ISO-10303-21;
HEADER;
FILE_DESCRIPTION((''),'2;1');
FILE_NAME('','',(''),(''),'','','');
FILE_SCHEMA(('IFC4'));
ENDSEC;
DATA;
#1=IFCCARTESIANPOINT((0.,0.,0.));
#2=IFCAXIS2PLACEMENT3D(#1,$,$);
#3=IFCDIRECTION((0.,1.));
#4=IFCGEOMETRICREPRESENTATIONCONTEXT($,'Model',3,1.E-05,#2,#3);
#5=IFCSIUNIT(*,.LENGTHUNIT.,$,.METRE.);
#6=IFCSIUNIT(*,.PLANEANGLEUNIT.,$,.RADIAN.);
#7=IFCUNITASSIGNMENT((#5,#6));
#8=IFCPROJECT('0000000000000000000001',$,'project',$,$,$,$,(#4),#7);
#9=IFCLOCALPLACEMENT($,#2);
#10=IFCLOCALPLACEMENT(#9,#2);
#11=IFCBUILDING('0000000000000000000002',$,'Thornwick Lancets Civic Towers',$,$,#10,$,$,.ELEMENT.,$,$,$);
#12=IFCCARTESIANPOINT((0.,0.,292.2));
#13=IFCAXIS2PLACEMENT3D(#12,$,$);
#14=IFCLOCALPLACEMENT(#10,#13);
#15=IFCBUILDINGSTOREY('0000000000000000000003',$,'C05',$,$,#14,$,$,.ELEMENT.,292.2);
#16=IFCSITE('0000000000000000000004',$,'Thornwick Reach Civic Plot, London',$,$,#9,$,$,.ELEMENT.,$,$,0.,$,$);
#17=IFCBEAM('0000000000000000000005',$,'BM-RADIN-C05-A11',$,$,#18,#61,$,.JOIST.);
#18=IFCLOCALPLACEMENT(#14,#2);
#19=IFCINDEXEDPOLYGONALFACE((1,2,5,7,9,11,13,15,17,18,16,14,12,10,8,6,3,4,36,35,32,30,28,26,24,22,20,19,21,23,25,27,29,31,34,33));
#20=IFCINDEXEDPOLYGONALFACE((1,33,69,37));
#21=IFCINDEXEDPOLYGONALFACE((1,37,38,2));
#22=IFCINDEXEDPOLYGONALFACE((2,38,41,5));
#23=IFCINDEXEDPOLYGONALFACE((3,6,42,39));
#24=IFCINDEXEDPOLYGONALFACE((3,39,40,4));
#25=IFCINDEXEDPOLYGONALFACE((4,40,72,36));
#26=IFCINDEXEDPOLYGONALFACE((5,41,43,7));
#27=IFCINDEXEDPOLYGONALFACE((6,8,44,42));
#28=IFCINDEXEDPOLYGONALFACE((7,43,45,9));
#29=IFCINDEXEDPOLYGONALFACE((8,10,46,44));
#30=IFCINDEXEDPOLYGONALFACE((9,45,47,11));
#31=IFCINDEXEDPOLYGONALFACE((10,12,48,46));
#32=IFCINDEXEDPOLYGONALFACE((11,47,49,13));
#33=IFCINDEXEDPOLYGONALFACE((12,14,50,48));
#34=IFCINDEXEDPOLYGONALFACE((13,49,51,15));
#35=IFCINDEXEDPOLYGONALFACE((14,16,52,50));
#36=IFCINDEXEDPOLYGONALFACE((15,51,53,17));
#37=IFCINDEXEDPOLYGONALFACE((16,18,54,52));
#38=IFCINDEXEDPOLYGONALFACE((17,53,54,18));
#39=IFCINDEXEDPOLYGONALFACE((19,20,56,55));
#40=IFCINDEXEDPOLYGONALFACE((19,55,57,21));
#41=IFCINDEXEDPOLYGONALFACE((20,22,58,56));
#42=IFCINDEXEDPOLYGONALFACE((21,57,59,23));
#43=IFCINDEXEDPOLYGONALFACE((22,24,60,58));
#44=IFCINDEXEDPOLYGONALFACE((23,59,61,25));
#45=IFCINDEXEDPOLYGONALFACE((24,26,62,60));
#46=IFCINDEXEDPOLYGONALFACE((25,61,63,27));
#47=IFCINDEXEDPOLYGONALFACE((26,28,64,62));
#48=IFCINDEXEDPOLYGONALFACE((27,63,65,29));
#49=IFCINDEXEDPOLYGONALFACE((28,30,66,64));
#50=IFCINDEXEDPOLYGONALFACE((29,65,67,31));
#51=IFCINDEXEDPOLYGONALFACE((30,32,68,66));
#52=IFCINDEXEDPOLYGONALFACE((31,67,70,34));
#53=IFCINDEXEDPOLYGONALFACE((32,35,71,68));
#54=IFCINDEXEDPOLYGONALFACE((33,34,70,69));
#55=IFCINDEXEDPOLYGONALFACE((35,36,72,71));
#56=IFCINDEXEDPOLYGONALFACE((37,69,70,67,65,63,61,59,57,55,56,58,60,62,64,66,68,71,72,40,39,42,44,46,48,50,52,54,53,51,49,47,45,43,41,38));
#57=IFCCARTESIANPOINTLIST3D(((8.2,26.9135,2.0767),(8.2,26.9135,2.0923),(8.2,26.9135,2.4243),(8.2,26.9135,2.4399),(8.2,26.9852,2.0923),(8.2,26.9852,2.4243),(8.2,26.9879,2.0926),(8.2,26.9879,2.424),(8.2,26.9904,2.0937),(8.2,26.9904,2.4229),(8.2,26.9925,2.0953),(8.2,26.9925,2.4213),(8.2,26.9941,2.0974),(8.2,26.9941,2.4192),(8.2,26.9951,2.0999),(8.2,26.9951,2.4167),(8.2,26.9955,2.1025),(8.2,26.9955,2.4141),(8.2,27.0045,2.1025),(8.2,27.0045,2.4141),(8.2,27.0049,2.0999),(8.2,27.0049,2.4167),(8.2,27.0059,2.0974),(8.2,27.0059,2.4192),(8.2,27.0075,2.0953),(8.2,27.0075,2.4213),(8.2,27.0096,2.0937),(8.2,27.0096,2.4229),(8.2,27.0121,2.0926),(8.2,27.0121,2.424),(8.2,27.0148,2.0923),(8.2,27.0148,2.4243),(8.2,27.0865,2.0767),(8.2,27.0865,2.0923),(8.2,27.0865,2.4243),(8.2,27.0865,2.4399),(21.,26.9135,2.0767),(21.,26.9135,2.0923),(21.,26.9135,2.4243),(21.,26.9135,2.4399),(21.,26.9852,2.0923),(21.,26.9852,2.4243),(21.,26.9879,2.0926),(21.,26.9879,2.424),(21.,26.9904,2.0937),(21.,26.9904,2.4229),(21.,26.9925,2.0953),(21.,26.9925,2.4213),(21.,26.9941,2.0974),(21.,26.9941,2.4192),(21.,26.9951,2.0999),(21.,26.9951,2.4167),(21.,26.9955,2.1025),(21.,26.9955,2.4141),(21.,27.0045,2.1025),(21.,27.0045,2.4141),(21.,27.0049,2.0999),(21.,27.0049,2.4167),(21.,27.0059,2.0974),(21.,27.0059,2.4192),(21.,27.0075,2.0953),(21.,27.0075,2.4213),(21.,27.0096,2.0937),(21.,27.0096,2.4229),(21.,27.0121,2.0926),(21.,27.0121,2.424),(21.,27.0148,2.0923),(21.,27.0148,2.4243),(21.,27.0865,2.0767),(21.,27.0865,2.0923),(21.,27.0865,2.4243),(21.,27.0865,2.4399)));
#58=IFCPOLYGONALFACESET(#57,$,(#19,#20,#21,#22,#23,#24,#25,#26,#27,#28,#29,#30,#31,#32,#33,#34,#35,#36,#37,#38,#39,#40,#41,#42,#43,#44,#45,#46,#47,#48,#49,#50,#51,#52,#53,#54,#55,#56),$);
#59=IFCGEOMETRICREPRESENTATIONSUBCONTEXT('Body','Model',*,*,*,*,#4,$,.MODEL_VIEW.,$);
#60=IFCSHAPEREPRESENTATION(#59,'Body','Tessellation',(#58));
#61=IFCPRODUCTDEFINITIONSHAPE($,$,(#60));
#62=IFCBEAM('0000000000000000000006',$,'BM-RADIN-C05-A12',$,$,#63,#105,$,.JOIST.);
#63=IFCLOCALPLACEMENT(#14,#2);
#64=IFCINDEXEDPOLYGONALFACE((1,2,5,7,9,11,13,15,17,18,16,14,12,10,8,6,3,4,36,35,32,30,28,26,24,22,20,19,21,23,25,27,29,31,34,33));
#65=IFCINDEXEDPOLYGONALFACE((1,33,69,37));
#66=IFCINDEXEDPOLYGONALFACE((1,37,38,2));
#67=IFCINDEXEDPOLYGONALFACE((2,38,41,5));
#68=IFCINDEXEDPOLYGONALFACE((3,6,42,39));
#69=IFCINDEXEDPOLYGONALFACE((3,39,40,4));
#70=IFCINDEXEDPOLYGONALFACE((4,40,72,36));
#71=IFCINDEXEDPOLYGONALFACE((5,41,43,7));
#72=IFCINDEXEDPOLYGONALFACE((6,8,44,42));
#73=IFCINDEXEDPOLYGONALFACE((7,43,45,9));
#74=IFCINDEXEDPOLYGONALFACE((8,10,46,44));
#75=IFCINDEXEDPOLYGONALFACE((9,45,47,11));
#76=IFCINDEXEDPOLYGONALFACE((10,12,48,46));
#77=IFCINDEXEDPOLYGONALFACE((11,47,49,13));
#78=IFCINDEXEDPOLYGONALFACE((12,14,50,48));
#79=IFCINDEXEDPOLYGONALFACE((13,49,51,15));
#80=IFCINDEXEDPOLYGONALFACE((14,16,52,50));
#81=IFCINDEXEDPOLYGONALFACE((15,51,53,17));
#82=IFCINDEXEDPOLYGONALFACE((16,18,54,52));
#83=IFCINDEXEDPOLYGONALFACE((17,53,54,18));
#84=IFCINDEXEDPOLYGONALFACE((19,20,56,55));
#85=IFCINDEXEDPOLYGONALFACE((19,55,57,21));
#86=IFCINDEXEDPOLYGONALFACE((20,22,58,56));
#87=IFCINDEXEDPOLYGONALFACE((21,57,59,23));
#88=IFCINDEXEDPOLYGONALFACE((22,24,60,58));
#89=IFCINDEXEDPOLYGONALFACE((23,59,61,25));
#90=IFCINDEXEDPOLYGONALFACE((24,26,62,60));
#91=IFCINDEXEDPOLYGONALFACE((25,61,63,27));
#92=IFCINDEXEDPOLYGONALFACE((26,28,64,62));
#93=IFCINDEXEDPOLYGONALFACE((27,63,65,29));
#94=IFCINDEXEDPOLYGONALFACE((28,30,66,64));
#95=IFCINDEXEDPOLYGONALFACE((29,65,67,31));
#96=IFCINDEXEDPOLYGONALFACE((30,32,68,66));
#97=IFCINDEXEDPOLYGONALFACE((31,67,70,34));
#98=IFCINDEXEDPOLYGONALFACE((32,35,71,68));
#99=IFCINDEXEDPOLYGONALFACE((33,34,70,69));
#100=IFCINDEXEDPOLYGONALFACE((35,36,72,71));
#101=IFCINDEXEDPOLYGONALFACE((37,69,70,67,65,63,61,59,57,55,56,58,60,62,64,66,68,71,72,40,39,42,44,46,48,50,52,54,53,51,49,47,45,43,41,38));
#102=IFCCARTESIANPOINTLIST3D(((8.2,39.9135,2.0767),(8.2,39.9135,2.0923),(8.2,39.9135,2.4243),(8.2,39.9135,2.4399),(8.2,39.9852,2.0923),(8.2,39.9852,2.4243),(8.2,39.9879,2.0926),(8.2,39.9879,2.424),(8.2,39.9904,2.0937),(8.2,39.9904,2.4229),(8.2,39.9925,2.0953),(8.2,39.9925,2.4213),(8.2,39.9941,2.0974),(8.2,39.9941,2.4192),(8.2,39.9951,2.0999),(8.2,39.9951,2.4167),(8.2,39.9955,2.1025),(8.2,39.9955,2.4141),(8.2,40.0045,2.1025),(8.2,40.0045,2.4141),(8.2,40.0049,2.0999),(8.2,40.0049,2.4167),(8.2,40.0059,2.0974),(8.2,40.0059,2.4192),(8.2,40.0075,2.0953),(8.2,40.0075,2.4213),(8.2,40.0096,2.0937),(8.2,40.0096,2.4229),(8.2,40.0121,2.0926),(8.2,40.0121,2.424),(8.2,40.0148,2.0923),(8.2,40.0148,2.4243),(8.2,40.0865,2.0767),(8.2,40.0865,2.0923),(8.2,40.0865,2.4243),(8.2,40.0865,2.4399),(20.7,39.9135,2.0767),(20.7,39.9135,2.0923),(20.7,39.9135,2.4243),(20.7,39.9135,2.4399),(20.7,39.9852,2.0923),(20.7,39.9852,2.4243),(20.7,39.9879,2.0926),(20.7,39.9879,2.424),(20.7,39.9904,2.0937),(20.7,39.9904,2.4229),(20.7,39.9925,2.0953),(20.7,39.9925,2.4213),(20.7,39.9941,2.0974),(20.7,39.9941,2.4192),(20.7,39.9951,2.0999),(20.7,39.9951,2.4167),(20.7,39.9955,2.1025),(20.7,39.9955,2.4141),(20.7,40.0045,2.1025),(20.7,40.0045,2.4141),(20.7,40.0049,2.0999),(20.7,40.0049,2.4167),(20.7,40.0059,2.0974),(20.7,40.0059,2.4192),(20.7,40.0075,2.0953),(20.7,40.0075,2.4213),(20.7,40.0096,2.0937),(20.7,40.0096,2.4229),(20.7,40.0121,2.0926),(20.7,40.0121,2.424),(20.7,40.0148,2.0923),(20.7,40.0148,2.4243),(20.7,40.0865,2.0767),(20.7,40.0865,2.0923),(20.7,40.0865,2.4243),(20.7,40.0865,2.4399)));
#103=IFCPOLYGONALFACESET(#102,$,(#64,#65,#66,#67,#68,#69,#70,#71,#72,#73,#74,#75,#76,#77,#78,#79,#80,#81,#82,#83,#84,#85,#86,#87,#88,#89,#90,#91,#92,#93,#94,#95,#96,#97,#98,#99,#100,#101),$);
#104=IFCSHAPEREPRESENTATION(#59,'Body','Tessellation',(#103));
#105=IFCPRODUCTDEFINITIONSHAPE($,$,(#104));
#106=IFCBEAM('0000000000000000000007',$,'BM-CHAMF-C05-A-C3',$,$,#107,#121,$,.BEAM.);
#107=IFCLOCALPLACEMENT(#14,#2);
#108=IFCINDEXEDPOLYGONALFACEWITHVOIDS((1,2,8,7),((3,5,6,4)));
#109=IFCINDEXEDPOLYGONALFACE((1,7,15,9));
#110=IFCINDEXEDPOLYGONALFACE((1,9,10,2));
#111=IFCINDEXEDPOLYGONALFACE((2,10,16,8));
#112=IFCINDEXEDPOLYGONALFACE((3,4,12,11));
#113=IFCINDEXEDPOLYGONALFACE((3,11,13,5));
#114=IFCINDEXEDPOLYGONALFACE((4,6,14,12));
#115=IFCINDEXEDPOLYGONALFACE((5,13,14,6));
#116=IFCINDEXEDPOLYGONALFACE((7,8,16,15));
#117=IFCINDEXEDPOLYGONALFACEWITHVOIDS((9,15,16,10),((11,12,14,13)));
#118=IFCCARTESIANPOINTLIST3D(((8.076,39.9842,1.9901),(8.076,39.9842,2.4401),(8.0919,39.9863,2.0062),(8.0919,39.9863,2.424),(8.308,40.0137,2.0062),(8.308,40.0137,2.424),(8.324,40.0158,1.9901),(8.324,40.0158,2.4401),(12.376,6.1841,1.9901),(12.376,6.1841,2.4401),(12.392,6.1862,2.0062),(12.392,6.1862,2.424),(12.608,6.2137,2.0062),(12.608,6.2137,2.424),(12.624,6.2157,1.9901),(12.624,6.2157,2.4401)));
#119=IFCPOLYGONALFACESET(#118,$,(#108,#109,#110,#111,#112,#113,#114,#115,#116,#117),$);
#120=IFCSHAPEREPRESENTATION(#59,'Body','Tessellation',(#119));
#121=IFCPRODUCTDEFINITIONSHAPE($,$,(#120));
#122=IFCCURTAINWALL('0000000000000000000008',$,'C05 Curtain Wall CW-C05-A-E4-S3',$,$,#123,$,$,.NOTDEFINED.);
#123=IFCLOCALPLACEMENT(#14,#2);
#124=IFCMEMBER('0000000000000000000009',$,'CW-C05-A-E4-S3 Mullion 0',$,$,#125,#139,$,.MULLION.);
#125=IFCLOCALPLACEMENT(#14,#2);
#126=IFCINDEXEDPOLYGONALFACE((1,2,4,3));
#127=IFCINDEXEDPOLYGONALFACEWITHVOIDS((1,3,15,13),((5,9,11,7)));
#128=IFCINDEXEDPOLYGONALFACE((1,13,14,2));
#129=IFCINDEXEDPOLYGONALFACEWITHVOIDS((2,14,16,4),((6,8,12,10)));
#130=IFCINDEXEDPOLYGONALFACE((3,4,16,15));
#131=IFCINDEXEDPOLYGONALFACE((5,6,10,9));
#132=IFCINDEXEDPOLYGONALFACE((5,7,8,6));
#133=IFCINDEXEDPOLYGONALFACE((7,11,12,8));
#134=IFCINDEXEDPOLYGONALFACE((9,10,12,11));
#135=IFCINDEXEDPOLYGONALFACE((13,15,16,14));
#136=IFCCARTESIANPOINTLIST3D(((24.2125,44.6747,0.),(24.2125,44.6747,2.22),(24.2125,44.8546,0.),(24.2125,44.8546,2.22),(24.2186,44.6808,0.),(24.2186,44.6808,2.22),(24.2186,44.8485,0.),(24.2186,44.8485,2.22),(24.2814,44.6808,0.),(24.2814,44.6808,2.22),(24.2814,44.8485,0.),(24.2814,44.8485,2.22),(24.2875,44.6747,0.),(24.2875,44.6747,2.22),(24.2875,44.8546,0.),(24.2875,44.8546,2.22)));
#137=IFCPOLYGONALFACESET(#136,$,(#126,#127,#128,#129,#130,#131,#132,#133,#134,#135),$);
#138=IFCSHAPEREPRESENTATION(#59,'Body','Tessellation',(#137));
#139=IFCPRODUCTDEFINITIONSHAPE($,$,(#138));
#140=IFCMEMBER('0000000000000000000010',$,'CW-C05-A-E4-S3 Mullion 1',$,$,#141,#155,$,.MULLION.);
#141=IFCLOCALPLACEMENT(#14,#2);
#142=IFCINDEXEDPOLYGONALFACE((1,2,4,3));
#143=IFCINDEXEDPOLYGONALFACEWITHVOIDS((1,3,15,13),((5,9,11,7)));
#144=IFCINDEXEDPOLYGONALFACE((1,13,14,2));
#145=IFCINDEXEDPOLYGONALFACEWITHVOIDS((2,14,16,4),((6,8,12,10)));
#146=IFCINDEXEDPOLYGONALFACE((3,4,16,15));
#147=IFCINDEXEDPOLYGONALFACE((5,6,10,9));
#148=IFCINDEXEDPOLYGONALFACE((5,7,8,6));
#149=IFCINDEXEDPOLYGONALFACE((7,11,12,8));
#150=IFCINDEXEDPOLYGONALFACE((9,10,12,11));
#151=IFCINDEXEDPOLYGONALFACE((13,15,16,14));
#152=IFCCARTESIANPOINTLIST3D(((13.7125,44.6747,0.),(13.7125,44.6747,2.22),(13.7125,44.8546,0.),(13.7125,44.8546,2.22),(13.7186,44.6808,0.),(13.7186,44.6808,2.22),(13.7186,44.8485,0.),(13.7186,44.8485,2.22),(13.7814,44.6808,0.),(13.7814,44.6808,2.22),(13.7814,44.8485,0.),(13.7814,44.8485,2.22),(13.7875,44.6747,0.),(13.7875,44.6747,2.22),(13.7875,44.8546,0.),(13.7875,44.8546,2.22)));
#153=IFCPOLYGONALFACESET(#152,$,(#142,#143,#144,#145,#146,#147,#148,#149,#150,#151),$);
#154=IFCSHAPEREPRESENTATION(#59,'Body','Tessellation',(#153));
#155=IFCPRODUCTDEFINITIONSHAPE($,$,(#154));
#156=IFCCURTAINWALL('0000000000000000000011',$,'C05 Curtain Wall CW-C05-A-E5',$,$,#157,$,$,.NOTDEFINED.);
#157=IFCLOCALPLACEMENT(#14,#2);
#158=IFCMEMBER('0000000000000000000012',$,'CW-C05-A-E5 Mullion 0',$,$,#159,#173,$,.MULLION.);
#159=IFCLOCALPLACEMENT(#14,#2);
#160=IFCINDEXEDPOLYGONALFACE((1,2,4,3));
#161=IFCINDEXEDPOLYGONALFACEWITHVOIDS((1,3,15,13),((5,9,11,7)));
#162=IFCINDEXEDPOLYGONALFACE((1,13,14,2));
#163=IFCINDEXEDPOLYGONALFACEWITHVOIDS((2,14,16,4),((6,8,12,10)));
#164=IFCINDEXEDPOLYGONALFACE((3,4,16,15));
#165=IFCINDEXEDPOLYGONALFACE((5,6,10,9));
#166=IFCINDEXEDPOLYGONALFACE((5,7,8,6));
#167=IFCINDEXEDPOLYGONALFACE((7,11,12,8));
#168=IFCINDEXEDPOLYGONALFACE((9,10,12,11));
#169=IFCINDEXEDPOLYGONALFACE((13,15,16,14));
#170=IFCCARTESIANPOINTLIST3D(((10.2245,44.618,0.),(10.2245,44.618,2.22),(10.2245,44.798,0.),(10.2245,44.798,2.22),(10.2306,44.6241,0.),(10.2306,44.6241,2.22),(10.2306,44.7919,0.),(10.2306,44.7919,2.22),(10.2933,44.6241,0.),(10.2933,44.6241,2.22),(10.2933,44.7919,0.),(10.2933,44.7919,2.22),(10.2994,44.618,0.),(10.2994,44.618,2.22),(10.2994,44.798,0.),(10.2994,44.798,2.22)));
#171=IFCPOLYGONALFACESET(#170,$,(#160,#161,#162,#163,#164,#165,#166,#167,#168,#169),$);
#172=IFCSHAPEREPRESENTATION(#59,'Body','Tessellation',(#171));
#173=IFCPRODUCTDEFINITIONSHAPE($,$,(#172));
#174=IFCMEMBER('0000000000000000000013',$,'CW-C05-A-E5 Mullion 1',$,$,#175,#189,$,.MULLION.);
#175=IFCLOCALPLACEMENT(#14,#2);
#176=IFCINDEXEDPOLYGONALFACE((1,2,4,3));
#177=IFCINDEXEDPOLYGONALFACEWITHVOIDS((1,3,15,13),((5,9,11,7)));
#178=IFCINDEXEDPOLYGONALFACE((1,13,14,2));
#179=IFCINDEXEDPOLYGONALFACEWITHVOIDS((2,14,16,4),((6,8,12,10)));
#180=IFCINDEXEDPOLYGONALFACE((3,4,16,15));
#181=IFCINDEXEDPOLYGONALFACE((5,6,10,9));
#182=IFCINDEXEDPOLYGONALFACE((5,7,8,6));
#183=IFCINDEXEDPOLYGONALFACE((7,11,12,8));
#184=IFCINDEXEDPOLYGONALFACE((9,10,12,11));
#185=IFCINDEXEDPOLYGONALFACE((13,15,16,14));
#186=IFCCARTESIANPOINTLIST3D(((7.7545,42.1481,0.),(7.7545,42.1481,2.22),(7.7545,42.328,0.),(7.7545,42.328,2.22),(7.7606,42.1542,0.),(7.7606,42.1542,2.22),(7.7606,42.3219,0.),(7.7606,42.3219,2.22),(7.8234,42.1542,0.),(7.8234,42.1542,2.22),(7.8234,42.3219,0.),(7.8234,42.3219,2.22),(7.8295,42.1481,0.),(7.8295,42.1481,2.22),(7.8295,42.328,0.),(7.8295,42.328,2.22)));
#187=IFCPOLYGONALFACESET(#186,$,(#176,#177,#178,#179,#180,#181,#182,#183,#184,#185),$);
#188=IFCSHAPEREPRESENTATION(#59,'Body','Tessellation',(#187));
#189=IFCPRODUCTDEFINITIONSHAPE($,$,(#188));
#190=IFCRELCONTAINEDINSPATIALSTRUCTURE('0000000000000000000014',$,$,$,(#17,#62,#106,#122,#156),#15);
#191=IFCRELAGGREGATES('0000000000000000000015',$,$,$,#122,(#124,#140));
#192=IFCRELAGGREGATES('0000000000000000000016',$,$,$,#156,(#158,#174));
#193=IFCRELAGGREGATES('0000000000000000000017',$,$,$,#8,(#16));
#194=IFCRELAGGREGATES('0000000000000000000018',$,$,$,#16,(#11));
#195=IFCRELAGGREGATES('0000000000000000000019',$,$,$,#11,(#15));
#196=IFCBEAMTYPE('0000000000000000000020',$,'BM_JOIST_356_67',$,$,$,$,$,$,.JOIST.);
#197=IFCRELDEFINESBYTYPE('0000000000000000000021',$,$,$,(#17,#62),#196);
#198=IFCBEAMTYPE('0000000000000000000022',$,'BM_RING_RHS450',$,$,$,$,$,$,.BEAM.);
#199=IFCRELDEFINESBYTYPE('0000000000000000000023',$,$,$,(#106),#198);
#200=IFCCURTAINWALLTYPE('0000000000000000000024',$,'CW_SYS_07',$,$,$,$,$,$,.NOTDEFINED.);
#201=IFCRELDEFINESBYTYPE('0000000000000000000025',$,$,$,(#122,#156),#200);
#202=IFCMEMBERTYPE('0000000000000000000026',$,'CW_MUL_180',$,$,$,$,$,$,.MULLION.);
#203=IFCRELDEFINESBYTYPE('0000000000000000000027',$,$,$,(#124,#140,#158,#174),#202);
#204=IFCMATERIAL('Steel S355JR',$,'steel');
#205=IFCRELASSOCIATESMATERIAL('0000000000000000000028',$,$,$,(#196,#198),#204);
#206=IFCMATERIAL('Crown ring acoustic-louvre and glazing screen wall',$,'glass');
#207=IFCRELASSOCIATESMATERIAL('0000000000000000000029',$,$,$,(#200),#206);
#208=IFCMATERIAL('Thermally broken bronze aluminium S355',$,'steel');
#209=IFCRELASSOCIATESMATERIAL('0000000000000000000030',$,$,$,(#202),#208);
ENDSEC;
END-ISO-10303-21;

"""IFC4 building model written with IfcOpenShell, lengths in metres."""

from ifc_helpers import new_model, si_unit, direction, frame, origin, origin_2d, place, context, subcontext, project, spatial, hollow_rectangle, i_section, extrude, material, material_profile, profile_set, type_object, element, aggregate, save


model = new_model("IFC4")

# Units and contexts
model_context = context("Model", 3, precision=1e-05, world=origin(), true_north=direction((0.0, 1.0)))
body_context = subcontext(model_context, "Body", "Model", "MODEL_VIEW")
ifc_project = project(units=[si_unit("LENGTHUNIT", "METRE"), si_unit("PLANEANGLEUNIT", "RADIAN")], contexts=[model_context])

# Site, building, storey
site_placement = place(None, origin())
site = spatial("IfcSite", under=ifc_project, at=site_placement, Name="Thornwick Reach Civic Plot, London", CompositionType="ELEMENT", RefElevation=0.0)
building_placement = place(site_placement, origin())
building = spatial("IfcBuilding", under=site, at=building_placement, Name="Thornwick Lancets Civic Towers", CompositionType="ELEMENT")
storey_placement = place(building_placement, frame((0.0, 0.0, 292.2)))
storey = spatial("IfcBuildingStorey", under=building, at=storey_placement, Name="C05", CompositionType="ELEMENT", Elevation=292.2)

# Shared definitions
ifc_material_1 = material(Name="Steel S355JR", Category="steel")

# Beams
ifc_material_profile_1 = material_profile(ifc_material_1, i_section(OverallWidth=0.1731, OverallDepth=0.3633, WebThickness=0.009, FlangeThickness=0.0156, FilletRadius=0.0103, at=origin_2d()), Name="UKB 356x171x67")
ifc_profile_set_1 = profile_set([ifc_material_profile_1], Name="Steel S355JR")
beam_type_1 = type_object("IfcBeamType", Name="BM_JOIST_356_67", PredefinedType="JOIST", material=ifc_profile_set_1)
beam_1_placement = place(storey_placement, frame((21.0, 27.0, 2.2583), z_axis=(-1.0, 0.0, 0.0), x_axis=(0.0, -1.0, 0.0)))
element("IfcBeam", 1, at=beam_1_placement, inside=storey, type_object=beam_type_1, Name="BM-RADIN-C05-A11", PredefinedType="JOIST", context=body_context, shape_type="SweptSolid", body=[
    extrude(i_section(OverallWidth=0.1731, OverallDepth=0.3633, WebThickness=0.009, FlangeThickness=0.0156, FilletRadius=0.0103, at=origin_2d()), origin(), (0.0, 0.0, 1.0), 12.8),
])
beam_2_placement = place(storey_placement, frame((20.7, 40.0, 2.2583), z_axis=(-1.0, 0.0, 0.0), x_axis=(0.0, -1.0, 0.0)))
element("IfcBeam", 2, at=beam_2_placement, inside=storey, type_object=beam_type_1, Name="BM-RADIN-C05-A12", PredefinedType="JOIST", context=body_context, shape_type="SweptSolid", body=[
    extrude(i_section(OverallWidth=0.1731, OverallDepth=0.3633, WebThickness=0.009, FlangeThickness=0.0156, FilletRadius=0.0103, at=origin_2d()), origin(), (0.0, 0.0, 1.0), 12.5),
])
ifc_material_profile_2 = material_profile(ifc_material_1, hollow_rectangle(XDim=0.25, YDim=0.45, WallThickness=0.0161, at=origin_2d()), Name="RHS 450x250x16")
ifc_profile_set_2 = profile_set([ifc_material_profile_2], Name="Steel S355JR")
beam_type_2 = type_object("IfcBeamType", Name="BM_RING_RHS450", PredefinedType="BEAM", material=ifc_profile_set_2)
beam_3_placement = place(storey_placement, frame((8.2, 40.0, 2.2151), z_axis=(0.126203, -0.992004, 0.0), x_axis=(0.992004, 0.126203, 0.0)))
element("IfcBeam", 3, at=beam_3_placement, inside=storey, type_object=beam_type_2, Name="BM-CHAMF-C05-A-C3", PredefinedType="BEAM", context=body_context, shape_type="SweptSolid", body=[
    extrude(hollow_rectangle(XDim=0.25, YDim=0.45, WallThickness=0.0161, at=origin_2d()), origin(), (0.0, 0.0, 1.0), 34.0725),
])

# Curtain walls, members
ifc_material_2 = material(Name="Crown ring acoustic-louvre and glazing screen wall", Category="glass")
curtain_wall_type = type_object("IfcCurtainWallType", Name="CW_SYS_07", PredefinedType="NOTDEFINED", material=ifc_material_2)
curtain_wall_1_placement = place(storey_placement, origin())
curtain_wall_1 = element("IfcCurtainWall", 4, at=curtain_wall_1_placement, inside=storey, type_object=curtain_wall_type, Name="C05 Curtain Wall CW-C05-A-E4-S3", PredefinedType="NOTDEFINED")
ifc_material_3 = material(Name="Thermally broken bronze aluminium S355", Category="steel")
ifc_material_profile_3 = material_profile(ifc_material_3, hollow_rectangle(XDim=0.075, YDim=0.1799, WallThickness=0.0061, at=origin_2d()), Name="RHS 180x75x6")
ifc_profile_set_3 = profile_set([ifc_material_profile_3], Name="Thermally broken bronze aluminium S355")
member_type_1 = type_object("IfcMemberType", Name="CW_MUL_180", PredefinedType="MULLION", material=ifc_profile_set_3)
member_1_placement = place(storey_placement, frame((24.25, 44.7646, 0.0), z_axis=(0.0, 0.0, 1.0), x_axis=(1.0, 0.0, 0.0)))
member_1 = element("IfcMember", 5, at=member_1_placement, type_object=member_type_1, Name="CW-C05-A-E4-S3 Mullion 0", PredefinedType="MULLION", context=body_context, shape_type="SweptSolid", body=[
    extrude(hollow_rectangle(XDim=0.075, YDim=0.1799, WallThickness=0.0061, at=origin_2d()), origin(), (0.0, 0.0, 1.0), 2.22),
])
member_2_placement = place(storey_placement, frame((13.75, 44.7646, 0.0), z_axis=(0.0, 0.0, 1.0), x_axis=(1.0, 0.0, 0.0)))
member_2 = element("IfcMember", 6, at=member_2_placement, type_object=member_type_1, Name="CW-C05-A-E4-S3 Mullion 1", PredefinedType="MULLION", context=body_context, shape_type="SweptSolid", body=[
    extrude(hollow_rectangle(XDim=0.075, YDim=0.1799, WallThickness=0.0061, at=origin_2d()), origin(), (0.0, 0.0, 1.0), 2.22),
])
curtain_wall_2_placement = place(storey_placement, origin())
curtain_wall_2 = element("IfcCurtainWall", 7, at=curtain_wall_2_placement, inside=storey, type_object=curtain_wall_type, Name="C05 Curtain Wall CW-C05-A-E5", PredefinedType="NOTDEFINED")
member_3_placement = place(storey_placement, frame((10.262, 44.708, 0.0), z_axis=(0.0, 0.0, 1.0), x_axis=(1.0, 0.0, 0.0)))
member_3 = element("IfcMember", 8, at=member_3_placement, type_object=member_type_1, Name="CW-C05-A-E5 Mullion 0", PredefinedType="MULLION", context=body_context, shape_type="SweptSolid", body=[
    extrude(hollow_rectangle(XDim=0.075, YDim=0.1799, WallThickness=0.0061, at=origin_2d()), origin(), (0.0, 0.0, 1.0), 2.22),
])
member_4_placement = place(storey_placement, frame((7.792, 42.238, 0.0), z_axis=(0.0, 0.0, 1.0), x_axis=(1.0, 0.0, 0.0)))
member_4 = element("IfcMember", 9, at=member_4_placement, type_object=member_type_1, Name="CW-C05-A-E5 Mullion 1", PredefinedType="MULLION", context=body_context, shape_type="SweptSolid", body=[
    extrude(hollow_rectangle(XDim=0.075, YDim=0.1799, WallThickness=0.0061, at=origin_2d()), origin(), (0.0, 0.0, 1.0), 2.22),
])

aggregate(curtain_wall_1, [member_1, member_2])
aggregate(curtain_wall_2, [member_3, member_4])

save(model, "model.ifc")
